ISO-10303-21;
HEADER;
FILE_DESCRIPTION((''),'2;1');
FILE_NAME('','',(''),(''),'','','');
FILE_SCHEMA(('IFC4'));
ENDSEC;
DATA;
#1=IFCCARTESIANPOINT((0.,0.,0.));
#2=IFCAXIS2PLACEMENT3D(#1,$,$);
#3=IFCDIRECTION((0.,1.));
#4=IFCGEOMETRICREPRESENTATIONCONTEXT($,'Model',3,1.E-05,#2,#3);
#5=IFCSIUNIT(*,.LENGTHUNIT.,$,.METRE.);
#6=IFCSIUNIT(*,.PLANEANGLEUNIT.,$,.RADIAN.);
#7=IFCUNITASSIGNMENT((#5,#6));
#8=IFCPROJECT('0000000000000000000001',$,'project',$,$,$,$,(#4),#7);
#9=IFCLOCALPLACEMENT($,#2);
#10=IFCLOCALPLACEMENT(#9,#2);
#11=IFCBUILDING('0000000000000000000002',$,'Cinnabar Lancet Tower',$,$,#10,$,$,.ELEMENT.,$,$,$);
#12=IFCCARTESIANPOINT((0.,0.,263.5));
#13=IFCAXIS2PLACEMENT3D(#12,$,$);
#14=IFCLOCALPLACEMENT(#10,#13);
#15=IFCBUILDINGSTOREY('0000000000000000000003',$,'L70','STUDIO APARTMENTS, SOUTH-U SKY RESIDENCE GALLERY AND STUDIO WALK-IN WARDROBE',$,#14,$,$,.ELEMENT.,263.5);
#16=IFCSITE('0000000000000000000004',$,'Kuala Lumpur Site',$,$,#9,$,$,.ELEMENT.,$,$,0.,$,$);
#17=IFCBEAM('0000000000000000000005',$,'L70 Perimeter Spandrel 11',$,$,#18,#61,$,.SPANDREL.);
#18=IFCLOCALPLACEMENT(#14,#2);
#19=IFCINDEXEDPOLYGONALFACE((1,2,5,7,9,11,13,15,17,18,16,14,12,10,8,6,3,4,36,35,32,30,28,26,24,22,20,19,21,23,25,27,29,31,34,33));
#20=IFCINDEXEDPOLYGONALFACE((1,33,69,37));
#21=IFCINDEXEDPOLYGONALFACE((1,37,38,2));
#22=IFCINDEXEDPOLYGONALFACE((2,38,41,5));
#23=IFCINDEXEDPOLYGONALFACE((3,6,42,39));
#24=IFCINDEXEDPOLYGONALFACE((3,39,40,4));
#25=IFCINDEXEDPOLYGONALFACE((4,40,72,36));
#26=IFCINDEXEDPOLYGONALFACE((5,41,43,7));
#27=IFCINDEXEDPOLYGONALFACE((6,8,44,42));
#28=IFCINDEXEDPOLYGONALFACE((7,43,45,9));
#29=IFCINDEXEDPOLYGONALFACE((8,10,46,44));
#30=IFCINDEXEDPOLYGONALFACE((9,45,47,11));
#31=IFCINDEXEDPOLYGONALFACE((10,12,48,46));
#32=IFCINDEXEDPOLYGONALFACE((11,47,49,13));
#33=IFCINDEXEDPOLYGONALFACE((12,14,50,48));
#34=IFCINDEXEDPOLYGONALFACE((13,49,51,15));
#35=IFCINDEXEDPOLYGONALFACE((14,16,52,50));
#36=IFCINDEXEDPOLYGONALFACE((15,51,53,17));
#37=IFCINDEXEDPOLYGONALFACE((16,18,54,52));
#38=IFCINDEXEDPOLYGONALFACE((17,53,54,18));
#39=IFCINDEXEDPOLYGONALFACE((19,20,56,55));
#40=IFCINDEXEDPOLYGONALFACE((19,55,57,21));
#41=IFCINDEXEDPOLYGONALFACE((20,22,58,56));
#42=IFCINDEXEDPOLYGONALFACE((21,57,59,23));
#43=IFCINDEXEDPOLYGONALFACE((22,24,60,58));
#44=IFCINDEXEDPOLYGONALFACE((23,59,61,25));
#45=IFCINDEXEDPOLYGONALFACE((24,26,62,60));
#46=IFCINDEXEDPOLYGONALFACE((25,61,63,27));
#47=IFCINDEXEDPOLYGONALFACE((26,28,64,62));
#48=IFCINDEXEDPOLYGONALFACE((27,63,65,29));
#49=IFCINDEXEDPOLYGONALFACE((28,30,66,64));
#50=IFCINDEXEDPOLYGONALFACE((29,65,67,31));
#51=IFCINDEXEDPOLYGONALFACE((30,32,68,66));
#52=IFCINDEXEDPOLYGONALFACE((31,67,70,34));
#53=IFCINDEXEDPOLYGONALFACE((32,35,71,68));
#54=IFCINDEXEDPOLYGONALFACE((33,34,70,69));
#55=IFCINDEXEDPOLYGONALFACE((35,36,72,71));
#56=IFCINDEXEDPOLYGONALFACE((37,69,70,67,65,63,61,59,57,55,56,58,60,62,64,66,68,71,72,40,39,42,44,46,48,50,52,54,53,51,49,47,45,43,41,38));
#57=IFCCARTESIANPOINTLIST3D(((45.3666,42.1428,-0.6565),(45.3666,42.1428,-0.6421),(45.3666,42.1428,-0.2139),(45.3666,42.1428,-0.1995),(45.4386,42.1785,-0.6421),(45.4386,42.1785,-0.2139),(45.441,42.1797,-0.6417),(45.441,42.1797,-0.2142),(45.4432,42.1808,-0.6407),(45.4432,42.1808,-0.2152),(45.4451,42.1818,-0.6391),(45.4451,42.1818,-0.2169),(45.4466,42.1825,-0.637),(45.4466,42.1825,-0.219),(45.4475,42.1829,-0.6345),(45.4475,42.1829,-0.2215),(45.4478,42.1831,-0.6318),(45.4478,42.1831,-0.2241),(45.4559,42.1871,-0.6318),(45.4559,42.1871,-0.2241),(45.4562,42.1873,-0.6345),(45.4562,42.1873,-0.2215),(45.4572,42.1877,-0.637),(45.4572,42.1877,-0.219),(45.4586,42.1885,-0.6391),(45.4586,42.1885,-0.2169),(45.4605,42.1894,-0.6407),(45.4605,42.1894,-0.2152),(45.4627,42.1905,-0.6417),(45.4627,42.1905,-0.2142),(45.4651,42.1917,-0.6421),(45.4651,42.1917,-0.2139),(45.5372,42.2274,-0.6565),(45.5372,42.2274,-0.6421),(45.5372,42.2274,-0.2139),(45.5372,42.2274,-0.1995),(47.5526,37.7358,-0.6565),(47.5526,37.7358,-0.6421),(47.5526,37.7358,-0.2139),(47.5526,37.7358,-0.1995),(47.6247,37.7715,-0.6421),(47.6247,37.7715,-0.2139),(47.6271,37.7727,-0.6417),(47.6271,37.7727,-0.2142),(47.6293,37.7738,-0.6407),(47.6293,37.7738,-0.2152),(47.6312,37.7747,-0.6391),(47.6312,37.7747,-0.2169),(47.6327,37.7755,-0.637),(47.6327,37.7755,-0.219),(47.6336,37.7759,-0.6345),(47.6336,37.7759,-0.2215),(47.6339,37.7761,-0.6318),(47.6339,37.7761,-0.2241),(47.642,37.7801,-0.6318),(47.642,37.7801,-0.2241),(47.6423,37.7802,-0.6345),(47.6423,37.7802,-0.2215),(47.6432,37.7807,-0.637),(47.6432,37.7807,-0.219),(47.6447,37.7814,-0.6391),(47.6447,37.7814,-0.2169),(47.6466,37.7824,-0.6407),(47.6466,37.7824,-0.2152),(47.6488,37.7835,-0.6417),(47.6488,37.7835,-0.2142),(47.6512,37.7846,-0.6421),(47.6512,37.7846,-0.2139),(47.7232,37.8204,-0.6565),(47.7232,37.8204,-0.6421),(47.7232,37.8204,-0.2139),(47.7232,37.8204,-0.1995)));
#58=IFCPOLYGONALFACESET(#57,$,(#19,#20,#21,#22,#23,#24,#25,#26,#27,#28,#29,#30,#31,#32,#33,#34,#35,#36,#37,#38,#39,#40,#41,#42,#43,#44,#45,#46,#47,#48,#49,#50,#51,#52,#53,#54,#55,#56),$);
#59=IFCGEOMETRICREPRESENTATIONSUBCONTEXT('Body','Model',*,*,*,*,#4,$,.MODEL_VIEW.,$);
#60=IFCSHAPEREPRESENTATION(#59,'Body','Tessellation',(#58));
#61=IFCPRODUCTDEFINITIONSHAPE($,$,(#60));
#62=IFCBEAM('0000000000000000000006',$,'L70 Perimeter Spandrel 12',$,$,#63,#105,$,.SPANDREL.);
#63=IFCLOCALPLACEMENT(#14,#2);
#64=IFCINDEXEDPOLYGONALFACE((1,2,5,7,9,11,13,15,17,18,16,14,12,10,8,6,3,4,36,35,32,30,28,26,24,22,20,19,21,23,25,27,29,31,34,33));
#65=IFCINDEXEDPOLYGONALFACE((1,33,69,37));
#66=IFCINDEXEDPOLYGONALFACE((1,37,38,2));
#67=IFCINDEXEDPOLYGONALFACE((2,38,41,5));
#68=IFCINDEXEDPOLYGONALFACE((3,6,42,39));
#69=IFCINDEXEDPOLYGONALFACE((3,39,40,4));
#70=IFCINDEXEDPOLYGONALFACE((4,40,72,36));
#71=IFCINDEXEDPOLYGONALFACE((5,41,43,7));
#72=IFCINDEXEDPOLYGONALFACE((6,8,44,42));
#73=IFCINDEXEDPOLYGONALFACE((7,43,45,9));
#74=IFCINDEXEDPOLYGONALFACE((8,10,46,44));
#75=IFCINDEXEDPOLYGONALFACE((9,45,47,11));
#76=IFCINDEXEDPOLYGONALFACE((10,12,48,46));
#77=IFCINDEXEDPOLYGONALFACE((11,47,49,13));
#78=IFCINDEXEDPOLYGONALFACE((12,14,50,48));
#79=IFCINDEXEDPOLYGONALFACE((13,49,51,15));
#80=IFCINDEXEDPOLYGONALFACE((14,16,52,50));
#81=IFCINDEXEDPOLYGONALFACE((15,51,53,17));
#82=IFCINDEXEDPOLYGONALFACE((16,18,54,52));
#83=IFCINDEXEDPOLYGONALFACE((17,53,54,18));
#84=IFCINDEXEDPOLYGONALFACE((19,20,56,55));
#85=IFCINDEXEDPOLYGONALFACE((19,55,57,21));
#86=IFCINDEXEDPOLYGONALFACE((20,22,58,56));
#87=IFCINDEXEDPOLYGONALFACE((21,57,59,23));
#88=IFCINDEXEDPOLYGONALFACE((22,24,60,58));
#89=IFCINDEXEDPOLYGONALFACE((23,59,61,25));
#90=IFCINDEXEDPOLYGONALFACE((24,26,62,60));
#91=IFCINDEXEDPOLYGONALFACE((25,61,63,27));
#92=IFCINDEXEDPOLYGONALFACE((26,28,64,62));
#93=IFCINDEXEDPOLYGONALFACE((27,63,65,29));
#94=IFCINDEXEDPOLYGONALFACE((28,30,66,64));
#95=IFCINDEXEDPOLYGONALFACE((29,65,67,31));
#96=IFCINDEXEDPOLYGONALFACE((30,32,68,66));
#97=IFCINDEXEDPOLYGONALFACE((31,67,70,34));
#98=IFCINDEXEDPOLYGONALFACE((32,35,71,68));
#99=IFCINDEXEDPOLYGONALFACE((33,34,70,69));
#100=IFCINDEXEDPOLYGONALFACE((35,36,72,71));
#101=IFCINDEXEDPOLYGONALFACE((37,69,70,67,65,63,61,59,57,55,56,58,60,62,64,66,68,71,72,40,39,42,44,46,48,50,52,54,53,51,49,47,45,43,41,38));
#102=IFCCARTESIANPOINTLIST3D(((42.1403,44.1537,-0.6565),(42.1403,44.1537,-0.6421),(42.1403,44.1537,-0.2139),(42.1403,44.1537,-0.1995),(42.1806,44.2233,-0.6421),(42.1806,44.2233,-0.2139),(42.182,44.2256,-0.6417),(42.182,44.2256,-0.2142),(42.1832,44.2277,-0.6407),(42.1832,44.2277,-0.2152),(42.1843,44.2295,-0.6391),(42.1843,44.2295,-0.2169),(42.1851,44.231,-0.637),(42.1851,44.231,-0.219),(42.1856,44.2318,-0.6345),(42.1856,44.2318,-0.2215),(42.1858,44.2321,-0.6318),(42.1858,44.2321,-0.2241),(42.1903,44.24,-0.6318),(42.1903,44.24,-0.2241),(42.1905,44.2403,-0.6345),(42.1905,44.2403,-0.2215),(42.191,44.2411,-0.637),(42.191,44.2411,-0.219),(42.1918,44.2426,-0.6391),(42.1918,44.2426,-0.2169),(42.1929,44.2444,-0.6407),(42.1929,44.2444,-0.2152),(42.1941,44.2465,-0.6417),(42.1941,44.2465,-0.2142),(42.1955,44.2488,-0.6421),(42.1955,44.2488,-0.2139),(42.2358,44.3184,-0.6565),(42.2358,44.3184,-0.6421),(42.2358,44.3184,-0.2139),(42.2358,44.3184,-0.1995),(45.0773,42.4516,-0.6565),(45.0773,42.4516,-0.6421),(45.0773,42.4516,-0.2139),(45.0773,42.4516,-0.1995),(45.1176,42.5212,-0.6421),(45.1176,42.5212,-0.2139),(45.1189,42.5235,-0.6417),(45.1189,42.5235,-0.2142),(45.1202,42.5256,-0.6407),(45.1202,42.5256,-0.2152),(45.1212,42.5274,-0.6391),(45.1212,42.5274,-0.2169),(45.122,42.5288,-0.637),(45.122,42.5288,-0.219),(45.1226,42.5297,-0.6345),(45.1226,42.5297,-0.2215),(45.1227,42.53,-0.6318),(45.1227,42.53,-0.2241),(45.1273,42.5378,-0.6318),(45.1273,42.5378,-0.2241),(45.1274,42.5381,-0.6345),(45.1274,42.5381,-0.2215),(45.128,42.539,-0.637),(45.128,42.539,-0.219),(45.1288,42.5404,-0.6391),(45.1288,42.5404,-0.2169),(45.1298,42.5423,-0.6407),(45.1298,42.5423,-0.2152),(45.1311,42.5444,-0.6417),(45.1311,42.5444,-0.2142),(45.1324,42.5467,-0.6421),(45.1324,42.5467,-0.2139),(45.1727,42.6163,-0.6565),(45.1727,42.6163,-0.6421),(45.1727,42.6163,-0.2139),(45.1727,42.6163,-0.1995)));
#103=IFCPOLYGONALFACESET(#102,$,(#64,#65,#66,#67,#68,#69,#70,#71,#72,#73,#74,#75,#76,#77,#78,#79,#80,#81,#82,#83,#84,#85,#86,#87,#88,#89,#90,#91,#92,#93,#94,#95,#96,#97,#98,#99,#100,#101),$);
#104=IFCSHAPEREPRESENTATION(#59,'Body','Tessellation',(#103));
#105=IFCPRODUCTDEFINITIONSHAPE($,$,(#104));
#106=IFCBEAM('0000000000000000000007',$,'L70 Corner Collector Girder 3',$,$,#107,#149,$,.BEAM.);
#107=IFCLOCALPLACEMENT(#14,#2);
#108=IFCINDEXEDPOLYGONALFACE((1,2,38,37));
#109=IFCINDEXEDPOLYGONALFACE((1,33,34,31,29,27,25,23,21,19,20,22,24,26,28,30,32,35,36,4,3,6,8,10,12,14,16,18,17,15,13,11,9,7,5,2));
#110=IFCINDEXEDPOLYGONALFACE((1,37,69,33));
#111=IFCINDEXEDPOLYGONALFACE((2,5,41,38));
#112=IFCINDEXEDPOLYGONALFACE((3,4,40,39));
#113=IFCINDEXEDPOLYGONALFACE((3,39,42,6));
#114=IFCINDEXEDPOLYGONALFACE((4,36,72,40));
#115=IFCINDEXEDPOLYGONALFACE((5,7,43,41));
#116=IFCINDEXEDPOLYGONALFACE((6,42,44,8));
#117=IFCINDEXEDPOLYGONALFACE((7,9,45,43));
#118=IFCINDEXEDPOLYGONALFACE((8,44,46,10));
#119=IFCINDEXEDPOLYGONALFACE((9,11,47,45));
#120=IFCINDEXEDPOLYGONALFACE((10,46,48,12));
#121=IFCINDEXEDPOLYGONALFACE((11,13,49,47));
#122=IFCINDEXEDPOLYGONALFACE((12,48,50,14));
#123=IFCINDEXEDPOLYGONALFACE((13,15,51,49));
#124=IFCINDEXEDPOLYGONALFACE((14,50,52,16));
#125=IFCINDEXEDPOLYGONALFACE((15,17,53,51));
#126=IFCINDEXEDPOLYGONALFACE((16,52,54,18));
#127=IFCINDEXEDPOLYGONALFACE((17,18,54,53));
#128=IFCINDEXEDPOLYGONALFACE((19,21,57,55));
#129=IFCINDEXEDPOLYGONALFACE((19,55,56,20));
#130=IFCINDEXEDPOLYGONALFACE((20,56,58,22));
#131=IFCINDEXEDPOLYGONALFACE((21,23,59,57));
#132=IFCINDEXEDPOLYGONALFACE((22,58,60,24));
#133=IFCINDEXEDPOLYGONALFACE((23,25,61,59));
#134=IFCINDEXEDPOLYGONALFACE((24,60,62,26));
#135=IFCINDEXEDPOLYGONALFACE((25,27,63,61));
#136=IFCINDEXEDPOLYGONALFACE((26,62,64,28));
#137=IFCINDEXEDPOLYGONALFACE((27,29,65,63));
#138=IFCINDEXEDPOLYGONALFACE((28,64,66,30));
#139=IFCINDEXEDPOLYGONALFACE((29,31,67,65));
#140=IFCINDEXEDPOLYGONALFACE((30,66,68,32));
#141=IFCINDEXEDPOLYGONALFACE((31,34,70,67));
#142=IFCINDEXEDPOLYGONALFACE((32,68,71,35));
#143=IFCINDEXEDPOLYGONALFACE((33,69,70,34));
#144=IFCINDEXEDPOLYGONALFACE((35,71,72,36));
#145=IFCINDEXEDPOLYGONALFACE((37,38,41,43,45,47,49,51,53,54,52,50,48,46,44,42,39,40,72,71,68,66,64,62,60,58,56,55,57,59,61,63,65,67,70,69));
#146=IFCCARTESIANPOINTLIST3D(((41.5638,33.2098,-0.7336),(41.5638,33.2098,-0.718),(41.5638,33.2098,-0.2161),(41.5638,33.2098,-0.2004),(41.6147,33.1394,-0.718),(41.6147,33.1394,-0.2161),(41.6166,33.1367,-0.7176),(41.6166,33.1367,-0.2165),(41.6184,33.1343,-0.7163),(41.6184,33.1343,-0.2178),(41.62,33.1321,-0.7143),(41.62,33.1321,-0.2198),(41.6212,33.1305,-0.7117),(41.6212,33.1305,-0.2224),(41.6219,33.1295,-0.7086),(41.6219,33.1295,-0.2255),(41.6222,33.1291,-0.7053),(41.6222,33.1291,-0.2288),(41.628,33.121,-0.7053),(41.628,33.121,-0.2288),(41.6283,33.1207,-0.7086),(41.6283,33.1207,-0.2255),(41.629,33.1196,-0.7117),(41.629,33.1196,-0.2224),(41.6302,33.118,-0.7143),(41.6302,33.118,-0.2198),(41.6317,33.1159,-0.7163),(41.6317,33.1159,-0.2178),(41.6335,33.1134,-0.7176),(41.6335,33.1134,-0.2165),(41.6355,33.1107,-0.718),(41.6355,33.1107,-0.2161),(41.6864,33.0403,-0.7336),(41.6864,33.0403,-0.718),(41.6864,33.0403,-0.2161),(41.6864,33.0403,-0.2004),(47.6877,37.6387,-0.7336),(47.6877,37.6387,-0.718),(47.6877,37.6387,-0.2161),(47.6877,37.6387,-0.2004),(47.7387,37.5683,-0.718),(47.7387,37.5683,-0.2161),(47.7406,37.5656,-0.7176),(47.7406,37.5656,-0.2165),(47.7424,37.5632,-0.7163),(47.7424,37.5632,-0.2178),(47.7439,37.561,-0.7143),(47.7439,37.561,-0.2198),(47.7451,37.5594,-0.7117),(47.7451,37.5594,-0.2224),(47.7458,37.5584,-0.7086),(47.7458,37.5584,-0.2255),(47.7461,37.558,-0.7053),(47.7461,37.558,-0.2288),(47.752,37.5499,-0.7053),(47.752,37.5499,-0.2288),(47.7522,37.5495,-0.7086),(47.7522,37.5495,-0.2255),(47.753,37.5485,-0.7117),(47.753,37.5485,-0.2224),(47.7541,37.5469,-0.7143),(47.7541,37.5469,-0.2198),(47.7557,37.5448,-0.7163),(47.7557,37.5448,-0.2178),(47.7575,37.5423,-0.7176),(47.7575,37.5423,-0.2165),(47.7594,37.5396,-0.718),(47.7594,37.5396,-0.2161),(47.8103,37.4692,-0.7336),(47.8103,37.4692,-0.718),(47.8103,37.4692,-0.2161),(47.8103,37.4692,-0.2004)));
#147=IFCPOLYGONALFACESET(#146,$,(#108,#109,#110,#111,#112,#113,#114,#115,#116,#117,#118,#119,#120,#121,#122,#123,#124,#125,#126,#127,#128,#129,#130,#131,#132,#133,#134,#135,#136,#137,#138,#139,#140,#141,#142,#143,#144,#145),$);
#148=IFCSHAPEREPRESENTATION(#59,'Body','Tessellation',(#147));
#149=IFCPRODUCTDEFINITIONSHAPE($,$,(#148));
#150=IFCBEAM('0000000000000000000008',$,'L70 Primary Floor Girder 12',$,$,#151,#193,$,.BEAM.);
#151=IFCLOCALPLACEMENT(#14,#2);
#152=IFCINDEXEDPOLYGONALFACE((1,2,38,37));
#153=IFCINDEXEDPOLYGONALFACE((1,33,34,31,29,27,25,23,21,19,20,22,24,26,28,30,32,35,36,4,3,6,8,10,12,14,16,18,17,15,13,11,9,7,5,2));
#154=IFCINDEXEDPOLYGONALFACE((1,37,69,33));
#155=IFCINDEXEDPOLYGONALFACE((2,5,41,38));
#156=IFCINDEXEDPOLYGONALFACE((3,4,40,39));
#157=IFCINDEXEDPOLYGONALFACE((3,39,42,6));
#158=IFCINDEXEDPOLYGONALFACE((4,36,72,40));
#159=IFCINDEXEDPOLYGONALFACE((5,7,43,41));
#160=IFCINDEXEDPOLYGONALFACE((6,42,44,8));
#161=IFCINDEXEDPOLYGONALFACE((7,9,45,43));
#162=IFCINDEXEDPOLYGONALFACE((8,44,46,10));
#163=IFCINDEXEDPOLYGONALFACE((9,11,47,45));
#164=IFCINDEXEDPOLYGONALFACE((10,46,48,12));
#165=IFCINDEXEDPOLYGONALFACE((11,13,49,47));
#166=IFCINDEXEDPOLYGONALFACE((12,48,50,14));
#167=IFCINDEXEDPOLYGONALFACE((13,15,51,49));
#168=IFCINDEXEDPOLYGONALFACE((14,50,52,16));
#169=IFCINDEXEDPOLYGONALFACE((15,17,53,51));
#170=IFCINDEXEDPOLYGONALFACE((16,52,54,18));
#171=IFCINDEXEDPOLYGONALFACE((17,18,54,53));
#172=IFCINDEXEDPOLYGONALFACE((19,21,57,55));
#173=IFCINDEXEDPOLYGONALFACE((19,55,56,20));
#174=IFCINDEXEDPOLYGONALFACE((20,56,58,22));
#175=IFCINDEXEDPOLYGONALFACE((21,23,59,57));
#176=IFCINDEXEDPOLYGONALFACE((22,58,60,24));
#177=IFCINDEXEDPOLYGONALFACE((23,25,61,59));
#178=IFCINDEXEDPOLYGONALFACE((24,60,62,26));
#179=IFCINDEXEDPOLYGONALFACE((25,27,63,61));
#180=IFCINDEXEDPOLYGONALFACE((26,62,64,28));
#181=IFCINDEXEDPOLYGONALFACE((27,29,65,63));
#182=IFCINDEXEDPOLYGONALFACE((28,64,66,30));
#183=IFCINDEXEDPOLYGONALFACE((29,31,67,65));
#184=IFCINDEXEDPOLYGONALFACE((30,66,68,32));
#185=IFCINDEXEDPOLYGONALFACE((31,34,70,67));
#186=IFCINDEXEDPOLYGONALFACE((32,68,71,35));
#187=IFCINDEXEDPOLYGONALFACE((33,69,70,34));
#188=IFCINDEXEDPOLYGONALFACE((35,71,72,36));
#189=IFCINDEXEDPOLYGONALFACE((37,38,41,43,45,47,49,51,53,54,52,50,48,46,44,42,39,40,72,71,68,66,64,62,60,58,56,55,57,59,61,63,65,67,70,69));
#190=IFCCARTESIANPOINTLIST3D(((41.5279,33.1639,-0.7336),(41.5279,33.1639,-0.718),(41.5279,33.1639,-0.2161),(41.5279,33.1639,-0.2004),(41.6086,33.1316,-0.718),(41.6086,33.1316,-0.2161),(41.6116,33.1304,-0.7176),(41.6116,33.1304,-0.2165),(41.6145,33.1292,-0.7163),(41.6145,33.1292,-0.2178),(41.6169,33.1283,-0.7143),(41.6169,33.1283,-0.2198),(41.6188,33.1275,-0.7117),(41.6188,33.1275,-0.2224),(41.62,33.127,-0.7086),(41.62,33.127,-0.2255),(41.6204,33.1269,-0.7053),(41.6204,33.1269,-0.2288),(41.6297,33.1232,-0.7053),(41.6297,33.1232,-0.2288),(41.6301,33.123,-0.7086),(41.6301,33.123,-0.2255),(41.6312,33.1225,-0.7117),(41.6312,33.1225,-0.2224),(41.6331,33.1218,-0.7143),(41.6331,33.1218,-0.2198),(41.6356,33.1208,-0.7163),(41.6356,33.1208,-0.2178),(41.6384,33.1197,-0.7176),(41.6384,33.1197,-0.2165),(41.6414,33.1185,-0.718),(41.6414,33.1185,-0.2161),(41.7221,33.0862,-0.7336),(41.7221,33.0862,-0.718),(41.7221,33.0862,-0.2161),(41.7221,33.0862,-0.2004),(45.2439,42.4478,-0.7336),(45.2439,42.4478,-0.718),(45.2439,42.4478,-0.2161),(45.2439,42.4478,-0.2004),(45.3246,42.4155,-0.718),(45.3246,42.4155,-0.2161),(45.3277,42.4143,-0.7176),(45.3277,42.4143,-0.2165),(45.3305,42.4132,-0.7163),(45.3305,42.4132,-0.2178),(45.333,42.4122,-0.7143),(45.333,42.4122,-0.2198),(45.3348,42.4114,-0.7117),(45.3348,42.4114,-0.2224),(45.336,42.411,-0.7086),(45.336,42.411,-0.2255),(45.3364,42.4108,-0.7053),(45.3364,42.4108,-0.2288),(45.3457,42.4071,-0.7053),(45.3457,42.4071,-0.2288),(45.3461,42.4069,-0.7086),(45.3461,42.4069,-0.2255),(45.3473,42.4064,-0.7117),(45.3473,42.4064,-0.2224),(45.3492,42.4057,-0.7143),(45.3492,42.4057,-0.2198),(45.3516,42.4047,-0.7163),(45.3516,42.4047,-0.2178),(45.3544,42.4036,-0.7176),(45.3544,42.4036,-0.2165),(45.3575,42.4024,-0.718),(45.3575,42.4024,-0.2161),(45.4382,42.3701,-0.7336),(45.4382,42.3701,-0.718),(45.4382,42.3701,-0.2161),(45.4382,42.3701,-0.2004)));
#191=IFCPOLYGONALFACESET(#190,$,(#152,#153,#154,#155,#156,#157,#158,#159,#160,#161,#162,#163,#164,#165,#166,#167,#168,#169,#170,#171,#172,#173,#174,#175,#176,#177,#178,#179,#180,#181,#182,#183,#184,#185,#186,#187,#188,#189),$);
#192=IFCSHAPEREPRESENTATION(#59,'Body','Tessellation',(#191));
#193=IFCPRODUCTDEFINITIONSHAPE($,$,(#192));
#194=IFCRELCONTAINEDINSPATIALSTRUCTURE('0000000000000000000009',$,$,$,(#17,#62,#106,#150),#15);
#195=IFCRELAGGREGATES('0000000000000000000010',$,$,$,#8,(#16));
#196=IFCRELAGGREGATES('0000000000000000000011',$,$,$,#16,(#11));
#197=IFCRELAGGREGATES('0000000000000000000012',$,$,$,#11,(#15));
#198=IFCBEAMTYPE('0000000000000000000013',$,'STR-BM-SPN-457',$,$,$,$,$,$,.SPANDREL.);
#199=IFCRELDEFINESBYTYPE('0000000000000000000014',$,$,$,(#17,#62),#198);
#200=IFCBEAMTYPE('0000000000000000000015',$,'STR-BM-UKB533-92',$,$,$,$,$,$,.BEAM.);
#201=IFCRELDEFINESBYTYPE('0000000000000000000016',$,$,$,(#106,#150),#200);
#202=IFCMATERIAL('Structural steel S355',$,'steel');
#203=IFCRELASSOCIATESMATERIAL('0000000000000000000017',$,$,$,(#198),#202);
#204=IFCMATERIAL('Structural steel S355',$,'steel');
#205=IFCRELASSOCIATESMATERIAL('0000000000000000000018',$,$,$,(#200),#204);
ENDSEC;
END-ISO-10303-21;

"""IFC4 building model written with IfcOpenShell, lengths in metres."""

from ifc_helpers import new_model, si_unit, direction, frame, origin, origin_2d, place, context, subcontext, project, spatial, i_section, extrude, material, material_profile, profile_set, type_object, element, save


model = new_model("IFC4")

# Units and contexts
model_context = context("Model", 3, precision=1e-05, world=origin(), true_north=direction((0.0, 1.0)))
body_context = subcontext(model_context, "Body", "Model", "MODEL_VIEW")
ifc_project = project(units=[si_unit("LENGTHUNIT", "METRE"), si_unit("PLANEANGLEUNIT", "RADIAN")], contexts=[model_context])

# Site, building, storey
site_placement = place(None, origin())
site = spatial("IfcSite", under=ifc_project, at=site_placement, Name="Kuala Lumpur Site", CompositionType="ELEMENT", RefElevation=0.0)
building_placement = place(site_placement, origin())
building = spatial("IfcBuilding", under=site, at=building_placement, Name="Cinnabar Lancet Tower", CompositionType="ELEMENT")
storey_placement = place(building_placement, frame((0.0, 0.0, 263.5)))
storey = spatial("IfcBuildingStorey", under=building, at=storey_placement, Name="L70", Description="STUDIO APARTMENTS, SOUTH-U SKY RESIDENCE GALLERY AND STUDIO WALK-IN WARDROBE", CompositionType="ELEMENT", Elevation=263.5)

# Beams
ifc_material_1 = material(Name="Structural steel S355", Category="steel")
ifc_material_profile_1 = material_profile(ifc_material_1, i_section(OverallWidth=0.1904, OverallDepth=0.457, WebThickness=0.009, FlangeThickness=0.0144, FilletRadius=0.0103, at=origin_2d()), Name="UKB 457x191x74")
ifc_profile_set_1 = profile_set([ifc_material_profile_1], Name="Structural steel S355")
beam_type_1 = type_object("IfcBeamType", Name="STR-BM-SPN-457", PredefinedType="SPANDREL", material=ifc_profile_set_1)
beam_1_placement = place(storey_placement, frame((47.6379, 37.7781, -0.428), z_axis=(-0.444373, 0.895842, 0.0), x_axis=(-0.895842, -0.444373, 0.0)))
element("IfcBeam", 1, at=beam_1_placement, inside=storey, type_object=beam_type_1, Name="L70 Perimeter Spandrel 11", PredefinedType="SPANDREL", context=body_context, shape_type="SweptSolid", body=[
    extrude(i_section(OverallWidth=0.1904, OverallDepth=0.457, WebThickness=0.009, FlangeThickness=0.0144, FilletRadius=0.0103, at=origin_2d()), origin(), (0.0, 0.0, 1.0), 4.9194),
])
beam_2_placement = place(storey_placement, frame((45.125, 42.5339, -0.428), z_axis=(-0.8652, 0.501427, 0.0), x_axis=(-0.501427, -0.8652, 0.0)))
element("IfcBeam", 2, at=beam_2_placement, inside=storey, type_object=beam_type_1, Name="L70 Perimeter Spandrel 12", PredefinedType="SPANDREL", context=body_context, shape_type="SweptSolid", body=[
    extrude(i_section(OverallWidth=0.1904, OverallDepth=0.457, WebThickness=0.009, FlangeThickness=0.0144, FilletRadius=0.0103, at=origin_2d()), origin(), (0.0, 0.0, 1.0), 3.3945),
])
ifc_material_2 = material(Name="Structural steel S355", Category="steel")
ifc_material_profile_2 = material_profile(ifc_material_2, i_section(OverallWidth=0.2092, OverallDepth=0.5332, WebThickness=0.01, FlangeThickness=0.0156, FilletRadius=0.0127, at=origin_2d()), Name="UKB 533x210x92")
ifc_profile_set_2 = profile_set([ifc_material_profile_2], Name="Structural steel S355")
beam_type_2 = type_object("IfcBeamType", Name="STR-BM-UKB533-92", PredefinedType="BEAM", material=ifc_profile_set_2)
beam_3_placement = place(storey_placement, frame((47.749, 37.554, -0.467), z_axis=(-0.810299, -0.586016, 0.0), x_axis=(0.586016, -0.810299, 0.0)))
element("IfcBeam", 3, at=beam_3_placement, inside=storey, type_object=beam_type_2, Name="L70 Corner Collector Girder 3", PredefinedType="BEAM", context=body_context, shape_type="SweptSolid", body=[
    extrude(i_section(OverallWidth=0.2092, OverallDepth=0.5332, WebThickness=0.01, FlangeThickness=0.0156, FilletRadius=0.0127, at=origin_2d()), origin(), (0.0, 0.0, 1.0), 7.5576),
])
beam_4_placement = place(storey_placement, frame((45.3411, 42.4089, -0.467), z_axis=(-0.371605, -0.928391, 0.0), x_axis=(0.928391, -0.371605, 0.0)))
element("IfcBeam", 4, at=beam_4_placement, inside=storey, type_object=beam_type_2, Name="L70 Primary Floor Girder 12", PredefinedType="BEAM", context=body_context, shape_type="SweptSolid", body=[
    extrude(i_section(OverallWidth=0.2092, OverallDepth=0.5332, WebThickness=0.01, FlangeThickness=0.0156, FilletRadius=0.0127, at=origin_2d()), origin(), (0.0, 0.0, 1.0), 10.0),
])

save(model, "model.ifc")
